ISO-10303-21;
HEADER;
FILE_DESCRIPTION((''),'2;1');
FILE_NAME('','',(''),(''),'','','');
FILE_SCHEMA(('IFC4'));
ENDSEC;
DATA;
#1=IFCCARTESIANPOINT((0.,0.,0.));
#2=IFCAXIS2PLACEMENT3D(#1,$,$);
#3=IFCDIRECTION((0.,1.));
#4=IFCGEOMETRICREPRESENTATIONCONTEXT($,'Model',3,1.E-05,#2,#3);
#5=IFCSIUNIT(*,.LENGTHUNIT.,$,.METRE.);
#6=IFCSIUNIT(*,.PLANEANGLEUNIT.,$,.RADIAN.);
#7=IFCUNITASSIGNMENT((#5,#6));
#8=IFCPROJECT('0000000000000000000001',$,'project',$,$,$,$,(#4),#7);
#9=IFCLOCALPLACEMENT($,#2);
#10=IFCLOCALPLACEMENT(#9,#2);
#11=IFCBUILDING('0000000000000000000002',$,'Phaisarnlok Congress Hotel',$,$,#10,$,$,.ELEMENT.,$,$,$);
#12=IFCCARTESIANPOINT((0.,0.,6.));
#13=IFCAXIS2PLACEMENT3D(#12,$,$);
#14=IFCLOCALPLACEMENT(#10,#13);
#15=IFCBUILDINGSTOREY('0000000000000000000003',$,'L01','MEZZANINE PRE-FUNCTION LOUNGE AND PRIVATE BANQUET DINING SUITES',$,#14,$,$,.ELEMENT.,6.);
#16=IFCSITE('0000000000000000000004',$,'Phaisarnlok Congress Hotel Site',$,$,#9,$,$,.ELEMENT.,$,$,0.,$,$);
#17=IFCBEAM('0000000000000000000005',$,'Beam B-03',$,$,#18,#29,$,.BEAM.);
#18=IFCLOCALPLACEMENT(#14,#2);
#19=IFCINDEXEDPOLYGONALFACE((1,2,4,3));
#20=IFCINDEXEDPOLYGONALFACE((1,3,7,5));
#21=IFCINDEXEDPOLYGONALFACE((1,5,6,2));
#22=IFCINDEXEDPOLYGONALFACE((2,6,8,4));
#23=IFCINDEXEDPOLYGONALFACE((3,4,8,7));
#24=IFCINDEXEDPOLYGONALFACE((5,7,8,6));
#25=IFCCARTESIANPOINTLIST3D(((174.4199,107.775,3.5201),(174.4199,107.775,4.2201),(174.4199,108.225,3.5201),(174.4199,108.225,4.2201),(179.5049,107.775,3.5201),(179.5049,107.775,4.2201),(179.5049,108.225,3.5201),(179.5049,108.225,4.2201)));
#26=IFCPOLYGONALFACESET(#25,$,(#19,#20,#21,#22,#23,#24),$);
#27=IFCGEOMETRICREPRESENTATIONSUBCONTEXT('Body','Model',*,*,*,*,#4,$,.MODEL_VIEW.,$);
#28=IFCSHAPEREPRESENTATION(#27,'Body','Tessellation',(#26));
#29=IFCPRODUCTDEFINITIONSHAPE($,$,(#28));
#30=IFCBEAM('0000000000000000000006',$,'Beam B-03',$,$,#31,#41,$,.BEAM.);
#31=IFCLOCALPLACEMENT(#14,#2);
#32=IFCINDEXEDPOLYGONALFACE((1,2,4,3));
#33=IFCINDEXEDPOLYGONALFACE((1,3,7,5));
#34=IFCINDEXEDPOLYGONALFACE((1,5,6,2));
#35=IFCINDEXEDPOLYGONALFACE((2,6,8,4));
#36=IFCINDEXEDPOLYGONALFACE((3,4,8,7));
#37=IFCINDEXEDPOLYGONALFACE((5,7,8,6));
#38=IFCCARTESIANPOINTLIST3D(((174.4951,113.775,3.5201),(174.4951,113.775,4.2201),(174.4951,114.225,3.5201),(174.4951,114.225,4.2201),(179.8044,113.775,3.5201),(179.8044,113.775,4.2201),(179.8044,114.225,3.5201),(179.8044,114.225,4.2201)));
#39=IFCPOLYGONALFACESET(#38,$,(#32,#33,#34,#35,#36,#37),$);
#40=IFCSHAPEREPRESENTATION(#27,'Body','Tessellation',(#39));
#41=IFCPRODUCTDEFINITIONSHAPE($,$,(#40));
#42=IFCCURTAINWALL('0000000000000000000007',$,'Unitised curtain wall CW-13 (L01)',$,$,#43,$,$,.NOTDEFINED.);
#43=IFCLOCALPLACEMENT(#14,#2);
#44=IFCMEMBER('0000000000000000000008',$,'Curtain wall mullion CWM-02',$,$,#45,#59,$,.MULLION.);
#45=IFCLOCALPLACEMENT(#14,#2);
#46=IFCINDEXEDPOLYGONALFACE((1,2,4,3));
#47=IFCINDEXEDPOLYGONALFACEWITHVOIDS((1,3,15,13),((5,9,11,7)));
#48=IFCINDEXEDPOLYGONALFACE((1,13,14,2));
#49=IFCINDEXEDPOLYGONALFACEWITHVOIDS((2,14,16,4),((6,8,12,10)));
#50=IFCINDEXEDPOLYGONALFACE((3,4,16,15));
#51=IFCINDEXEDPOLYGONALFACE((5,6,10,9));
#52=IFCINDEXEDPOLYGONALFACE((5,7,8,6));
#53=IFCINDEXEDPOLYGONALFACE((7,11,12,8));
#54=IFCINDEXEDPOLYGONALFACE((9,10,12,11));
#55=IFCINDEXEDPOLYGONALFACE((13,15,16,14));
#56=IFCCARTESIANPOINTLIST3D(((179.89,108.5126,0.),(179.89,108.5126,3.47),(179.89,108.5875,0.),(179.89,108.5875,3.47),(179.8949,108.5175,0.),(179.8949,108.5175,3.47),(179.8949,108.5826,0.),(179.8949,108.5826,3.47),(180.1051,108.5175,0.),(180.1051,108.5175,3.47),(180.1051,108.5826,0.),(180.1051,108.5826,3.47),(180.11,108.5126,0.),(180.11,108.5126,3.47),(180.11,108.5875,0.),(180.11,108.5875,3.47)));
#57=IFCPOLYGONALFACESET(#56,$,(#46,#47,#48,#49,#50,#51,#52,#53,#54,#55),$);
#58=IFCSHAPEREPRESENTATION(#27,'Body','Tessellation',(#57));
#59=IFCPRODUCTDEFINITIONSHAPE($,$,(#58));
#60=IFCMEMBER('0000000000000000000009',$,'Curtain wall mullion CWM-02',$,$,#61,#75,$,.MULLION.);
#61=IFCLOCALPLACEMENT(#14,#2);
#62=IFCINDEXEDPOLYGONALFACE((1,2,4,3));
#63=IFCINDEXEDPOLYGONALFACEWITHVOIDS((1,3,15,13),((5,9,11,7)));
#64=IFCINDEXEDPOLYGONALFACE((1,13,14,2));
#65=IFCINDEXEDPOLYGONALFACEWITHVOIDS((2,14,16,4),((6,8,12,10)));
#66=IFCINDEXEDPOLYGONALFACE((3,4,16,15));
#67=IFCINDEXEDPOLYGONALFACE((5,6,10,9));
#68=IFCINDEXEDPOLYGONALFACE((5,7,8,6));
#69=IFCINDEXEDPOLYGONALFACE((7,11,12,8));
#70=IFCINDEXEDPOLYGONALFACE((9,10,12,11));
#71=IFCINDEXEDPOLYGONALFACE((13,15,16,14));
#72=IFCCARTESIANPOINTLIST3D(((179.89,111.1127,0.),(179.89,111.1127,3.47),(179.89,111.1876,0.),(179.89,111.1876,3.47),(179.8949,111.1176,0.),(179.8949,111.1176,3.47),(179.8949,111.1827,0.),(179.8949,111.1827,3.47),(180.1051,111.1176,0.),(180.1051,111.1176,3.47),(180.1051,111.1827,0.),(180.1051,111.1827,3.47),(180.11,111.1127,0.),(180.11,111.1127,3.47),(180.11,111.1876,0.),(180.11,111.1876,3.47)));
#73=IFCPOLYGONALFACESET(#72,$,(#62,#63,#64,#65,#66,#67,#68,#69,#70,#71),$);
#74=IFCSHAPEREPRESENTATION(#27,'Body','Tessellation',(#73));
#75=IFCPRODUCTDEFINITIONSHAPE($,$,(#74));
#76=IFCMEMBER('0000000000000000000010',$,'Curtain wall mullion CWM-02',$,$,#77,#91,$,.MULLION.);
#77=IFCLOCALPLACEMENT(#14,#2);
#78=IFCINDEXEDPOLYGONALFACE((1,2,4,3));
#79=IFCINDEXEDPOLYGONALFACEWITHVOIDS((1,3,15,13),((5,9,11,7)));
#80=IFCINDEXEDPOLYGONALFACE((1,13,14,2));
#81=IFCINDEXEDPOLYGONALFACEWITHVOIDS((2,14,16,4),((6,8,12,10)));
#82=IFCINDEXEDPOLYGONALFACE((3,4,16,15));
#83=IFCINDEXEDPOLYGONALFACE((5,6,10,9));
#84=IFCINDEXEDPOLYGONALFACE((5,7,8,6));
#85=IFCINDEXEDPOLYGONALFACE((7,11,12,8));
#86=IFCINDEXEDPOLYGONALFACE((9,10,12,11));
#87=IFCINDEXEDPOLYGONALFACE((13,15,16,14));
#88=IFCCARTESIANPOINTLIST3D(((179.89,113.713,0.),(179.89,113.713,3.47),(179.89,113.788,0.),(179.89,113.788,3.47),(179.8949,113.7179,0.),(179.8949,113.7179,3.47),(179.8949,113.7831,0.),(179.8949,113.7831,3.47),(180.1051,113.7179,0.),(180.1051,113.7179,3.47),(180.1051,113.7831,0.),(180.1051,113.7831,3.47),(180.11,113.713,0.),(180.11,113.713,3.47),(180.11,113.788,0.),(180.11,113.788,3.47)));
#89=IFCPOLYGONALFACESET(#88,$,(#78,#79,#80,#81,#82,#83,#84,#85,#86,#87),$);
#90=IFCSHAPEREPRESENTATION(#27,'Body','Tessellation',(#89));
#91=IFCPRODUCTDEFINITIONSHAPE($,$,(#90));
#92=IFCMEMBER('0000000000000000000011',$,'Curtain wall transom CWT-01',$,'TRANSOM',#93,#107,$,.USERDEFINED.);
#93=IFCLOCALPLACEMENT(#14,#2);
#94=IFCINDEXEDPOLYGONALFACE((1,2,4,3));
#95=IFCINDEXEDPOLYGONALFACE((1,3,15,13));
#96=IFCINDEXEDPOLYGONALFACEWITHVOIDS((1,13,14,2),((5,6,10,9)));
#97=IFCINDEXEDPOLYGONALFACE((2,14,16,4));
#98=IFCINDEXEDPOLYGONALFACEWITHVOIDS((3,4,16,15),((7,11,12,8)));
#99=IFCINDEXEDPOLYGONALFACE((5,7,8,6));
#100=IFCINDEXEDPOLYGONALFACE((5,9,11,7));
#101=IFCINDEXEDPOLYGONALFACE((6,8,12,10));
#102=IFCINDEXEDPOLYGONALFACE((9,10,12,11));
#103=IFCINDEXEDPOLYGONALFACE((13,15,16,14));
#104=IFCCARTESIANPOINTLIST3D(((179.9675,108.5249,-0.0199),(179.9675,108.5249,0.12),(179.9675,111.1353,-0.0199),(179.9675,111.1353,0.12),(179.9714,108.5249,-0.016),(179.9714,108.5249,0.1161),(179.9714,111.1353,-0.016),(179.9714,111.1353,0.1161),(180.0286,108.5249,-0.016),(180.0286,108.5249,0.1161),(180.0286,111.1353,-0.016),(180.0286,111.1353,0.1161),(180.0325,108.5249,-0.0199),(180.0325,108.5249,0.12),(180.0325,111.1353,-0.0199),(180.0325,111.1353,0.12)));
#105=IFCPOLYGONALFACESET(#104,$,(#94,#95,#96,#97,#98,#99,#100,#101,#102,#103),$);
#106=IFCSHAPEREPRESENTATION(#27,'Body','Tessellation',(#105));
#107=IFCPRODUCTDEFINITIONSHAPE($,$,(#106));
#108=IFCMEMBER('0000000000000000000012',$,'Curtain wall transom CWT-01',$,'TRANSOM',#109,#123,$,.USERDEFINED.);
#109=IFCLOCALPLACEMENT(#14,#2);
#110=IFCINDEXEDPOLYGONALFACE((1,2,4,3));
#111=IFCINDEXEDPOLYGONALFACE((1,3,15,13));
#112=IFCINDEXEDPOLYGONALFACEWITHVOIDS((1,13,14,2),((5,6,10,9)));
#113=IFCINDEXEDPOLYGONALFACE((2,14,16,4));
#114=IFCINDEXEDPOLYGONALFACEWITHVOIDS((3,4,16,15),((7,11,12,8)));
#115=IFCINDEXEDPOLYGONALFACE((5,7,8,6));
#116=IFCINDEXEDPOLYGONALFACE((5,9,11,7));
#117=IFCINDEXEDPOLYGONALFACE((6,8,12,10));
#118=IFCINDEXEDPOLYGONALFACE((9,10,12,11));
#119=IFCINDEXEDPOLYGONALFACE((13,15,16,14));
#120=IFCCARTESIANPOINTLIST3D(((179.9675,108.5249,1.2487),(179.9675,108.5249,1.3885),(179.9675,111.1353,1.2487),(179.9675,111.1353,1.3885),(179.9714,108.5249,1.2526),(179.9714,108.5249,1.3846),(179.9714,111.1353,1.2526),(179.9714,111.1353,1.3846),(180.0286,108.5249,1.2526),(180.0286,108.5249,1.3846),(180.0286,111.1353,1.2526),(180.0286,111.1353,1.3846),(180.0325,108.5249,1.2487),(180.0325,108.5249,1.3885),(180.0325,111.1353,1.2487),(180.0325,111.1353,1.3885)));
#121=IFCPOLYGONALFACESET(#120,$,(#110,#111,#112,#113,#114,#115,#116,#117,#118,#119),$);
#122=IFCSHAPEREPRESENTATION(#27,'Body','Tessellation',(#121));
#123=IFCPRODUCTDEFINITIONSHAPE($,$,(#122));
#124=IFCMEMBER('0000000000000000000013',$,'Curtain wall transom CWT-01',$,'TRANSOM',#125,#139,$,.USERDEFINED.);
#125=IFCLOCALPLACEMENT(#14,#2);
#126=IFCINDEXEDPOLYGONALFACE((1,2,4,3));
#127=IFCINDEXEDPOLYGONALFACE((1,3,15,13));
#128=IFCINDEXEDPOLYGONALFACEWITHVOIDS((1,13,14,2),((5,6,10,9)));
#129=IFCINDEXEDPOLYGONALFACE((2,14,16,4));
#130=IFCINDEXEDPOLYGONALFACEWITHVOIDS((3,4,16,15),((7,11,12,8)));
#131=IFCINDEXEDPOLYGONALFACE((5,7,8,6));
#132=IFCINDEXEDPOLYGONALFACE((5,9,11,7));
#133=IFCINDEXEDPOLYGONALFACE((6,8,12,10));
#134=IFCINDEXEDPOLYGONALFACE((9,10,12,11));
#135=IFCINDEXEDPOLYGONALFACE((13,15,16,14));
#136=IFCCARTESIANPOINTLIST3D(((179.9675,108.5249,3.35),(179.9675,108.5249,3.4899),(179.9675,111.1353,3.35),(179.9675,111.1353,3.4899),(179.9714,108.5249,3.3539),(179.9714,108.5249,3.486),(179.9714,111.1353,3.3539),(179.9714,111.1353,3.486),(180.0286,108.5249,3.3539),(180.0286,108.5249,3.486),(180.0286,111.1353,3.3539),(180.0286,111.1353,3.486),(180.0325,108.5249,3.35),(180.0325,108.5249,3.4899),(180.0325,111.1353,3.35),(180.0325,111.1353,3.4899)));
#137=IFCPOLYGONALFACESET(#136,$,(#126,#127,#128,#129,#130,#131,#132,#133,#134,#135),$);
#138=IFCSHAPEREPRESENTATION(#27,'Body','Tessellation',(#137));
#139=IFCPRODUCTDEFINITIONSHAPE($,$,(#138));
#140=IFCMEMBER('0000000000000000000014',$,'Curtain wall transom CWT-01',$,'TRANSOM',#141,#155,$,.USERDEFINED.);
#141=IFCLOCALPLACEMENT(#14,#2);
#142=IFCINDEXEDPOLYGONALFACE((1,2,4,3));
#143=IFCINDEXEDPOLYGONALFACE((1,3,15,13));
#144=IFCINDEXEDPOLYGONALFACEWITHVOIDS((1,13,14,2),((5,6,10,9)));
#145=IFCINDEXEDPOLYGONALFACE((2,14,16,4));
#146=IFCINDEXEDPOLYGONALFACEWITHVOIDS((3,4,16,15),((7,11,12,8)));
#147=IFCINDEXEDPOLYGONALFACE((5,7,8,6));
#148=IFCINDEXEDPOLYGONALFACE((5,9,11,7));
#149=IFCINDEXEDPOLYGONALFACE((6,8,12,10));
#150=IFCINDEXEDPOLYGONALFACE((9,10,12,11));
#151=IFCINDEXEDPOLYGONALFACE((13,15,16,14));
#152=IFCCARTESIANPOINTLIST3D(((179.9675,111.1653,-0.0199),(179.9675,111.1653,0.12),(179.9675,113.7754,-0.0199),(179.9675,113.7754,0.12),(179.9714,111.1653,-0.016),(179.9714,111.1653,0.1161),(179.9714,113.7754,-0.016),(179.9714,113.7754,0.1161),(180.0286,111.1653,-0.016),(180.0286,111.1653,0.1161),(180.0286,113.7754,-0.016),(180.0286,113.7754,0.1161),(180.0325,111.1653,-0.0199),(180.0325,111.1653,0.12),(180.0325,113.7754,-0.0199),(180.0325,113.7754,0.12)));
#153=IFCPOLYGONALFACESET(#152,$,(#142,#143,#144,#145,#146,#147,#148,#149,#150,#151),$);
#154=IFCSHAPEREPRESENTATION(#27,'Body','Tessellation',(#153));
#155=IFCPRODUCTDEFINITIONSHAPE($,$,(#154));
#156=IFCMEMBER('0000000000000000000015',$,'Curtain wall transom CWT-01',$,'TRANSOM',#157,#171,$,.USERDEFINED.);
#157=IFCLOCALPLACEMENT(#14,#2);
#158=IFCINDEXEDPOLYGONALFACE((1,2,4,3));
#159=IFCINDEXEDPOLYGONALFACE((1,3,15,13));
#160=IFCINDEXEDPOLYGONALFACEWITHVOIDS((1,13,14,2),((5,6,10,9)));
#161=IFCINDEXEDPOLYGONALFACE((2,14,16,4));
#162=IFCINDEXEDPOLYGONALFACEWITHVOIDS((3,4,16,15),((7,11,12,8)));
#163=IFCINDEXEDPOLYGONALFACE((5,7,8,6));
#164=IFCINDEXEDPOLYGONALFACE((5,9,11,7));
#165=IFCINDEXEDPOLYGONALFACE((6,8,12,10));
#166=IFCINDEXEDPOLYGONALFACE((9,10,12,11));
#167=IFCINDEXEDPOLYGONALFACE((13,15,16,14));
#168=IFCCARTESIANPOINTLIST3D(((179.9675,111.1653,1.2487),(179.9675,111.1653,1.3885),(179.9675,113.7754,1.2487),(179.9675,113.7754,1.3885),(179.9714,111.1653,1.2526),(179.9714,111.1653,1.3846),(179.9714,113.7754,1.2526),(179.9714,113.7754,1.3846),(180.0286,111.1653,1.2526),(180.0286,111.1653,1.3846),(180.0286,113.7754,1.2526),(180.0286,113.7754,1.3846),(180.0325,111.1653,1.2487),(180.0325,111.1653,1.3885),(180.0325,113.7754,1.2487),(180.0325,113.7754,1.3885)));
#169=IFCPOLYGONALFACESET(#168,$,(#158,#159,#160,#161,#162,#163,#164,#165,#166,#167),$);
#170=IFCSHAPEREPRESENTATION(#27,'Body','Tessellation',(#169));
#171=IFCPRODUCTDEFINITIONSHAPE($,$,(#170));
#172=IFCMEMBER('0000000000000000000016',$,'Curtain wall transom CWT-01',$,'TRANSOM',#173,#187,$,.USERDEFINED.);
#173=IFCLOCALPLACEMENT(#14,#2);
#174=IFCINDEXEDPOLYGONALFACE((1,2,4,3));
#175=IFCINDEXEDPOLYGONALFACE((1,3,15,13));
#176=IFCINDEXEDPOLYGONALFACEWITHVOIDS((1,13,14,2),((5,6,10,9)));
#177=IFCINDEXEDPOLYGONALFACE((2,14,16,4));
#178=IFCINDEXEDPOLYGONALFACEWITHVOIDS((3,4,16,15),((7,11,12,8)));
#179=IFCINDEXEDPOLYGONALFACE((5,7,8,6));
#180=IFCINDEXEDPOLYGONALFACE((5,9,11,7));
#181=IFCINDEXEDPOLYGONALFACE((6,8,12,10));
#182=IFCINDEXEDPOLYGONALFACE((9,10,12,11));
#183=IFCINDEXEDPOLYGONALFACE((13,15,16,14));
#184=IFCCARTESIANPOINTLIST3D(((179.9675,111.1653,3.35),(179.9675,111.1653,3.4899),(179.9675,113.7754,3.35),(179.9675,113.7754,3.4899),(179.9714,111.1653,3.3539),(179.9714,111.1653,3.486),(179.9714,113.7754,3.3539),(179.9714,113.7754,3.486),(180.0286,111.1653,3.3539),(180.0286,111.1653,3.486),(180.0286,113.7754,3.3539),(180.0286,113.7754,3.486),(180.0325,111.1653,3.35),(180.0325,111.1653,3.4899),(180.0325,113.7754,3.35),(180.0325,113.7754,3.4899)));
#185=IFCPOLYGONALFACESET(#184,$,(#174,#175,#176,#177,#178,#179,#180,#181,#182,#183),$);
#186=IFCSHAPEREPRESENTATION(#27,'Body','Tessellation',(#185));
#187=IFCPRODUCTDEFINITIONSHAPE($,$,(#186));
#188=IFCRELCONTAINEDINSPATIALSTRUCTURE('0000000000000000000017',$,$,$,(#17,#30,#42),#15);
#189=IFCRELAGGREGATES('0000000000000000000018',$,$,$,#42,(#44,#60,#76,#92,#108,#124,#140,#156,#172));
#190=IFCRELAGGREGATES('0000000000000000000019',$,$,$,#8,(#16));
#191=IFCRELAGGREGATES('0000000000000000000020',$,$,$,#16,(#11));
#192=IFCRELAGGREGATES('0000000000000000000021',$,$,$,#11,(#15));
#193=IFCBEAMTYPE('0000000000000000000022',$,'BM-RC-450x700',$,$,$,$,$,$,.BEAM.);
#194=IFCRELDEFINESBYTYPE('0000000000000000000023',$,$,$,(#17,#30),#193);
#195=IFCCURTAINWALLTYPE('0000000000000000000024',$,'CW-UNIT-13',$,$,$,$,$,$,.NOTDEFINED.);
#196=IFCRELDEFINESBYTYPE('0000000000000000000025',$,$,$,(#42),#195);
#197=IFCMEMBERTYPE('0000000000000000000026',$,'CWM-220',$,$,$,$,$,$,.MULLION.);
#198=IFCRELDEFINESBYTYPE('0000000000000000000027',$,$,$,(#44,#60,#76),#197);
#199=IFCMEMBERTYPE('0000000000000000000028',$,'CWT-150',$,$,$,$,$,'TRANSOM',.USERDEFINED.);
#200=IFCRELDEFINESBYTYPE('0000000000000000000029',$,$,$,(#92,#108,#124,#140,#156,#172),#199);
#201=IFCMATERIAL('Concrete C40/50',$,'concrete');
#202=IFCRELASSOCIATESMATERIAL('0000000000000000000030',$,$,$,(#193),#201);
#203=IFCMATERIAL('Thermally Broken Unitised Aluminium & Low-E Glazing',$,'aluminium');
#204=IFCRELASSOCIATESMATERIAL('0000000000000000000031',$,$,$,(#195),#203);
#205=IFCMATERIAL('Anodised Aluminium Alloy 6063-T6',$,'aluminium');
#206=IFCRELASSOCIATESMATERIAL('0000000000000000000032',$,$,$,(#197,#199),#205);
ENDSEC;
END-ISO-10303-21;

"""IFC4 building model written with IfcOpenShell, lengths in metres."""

from ifc_helpers import new_model, si_unit, direction, frame, origin, origin_2d, place, context, subcontext, project, spatial, rectangle, hollow_rectangle, extrude, material, material_profile, profile_set, type_object, element, aggregate, save


model = new_model("IFC4")

# Units and contexts
model_context = context("Model", 3, precision=1e-05, world=origin(), true_north=direction((0.0, 1.0)))
body_context = subcontext(model_context, "Body", "Model", "MODEL_VIEW")
ifc_project = project(units=[si_unit("LENGTHUNIT", "METRE"), si_unit("PLANEANGLEUNIT", "RADIAN")], contexts=[model_context])

# Site, building, storey
site_placement = place(None, origin())
site = spatial("IfcSite", under=ifc_project, at=site_placement, Name="Phaisarnlok Congress Hotel Site", CompositionType="ELEMENT", RefElevation=0.0)
building_placement = place(site_placement, origin())
building = spatial("IfcBuilding", under=site, at=building_placement, Name="Phaisarnlok Congress Hotel", CompositionType="ELEMENT")
storey_placement = place(building_placement, frame((0.0, 0.0, 6.0)))
storey = spatial("IfcBuildingStorey", under=building, at=storey_placement, Name="L01", Description="MEZZANINE PRE-FUNCTION LOUNGE AND PRIVATE BANQUET DINING SUITES", CompositionType="ELEMENT", Elevation=6.0)

# Beams
ifc_material_1 = material(Name="Concrete C40/50", Category="concrete")
ifc_material_profile_1 = material_profile(ifc_material_1, rectangle(XDim=0.45, YDim=0.7, at=origin_2d()), Name="RC 450x700")
ifc_profile_set_1 = profile_set([ifc_material_profile_1], Name="Concrete C40/50")
beam_type_1 = type_object("IfcBeamType", Name="BM-RC-450x700", PredefinedType="BEAM", material=ifc_profile_set_1)
beam_1_placement = place(storey_placement, frame((174.4199, 108.0, 3.8701), z_axis=(1.0, 0.0, 0.0), x_axis=(0.0, 1.0, 0.0)))
element("IfcBeam", 1, at=beam_1_placement, inside=storey, type_object=beam_type_1, Name="Beam B-03", PredefinedType="BEAM", context=body_context, shape_type="SweptSolid", body=[
    extrude(rectangle(XDim=0.45, YDim=0.7, at=origin_2d()), origin(), (0.0, 0.0, 1.0), 5.085),
])
beam_2_placement = place(storey_placement, frame((174.4951, 114.0, 3.8701), z_axis=(1.0, 0.0, 0.0), x_axis=(0.0, 1.0, 0.0)))
element("IfcBeam", 2, at=beam_2_placement, inside=storey, type_object=beam_type_1, Name="Beam B-03", PredefinedType="BEAM", context=body_context, shape_type="SweptSolid", body=[
    extrude(rectangle(XDim=0.45, YDim=0.7, at=origin_2d()), origin(), (0.0, 0.0, 1.0), 5.3093),
])

# Curtain wall, members
ifc_material_2 = material(Name="Thermally Broken Unitised Aluminium & Low-E Glazing", Category="aluminium")
curtain_wall_type = type_object("IfcCurtainWallType", Name="CW-UNIT-13", PredefinedType="NOTDEFINED", material=ifc_material_2)
curtain_wall_placement = place(storey_placement, origin())
curtain_wall = element("IfcCurtainWall", 3, at=curtain_wall_placement, inside=storey, type_object=curtain_wall_type, Name="Unitised curtain wall CW-13 (L01)", PredefinedType="NOTDEFINED")
ifc_material_3 = material(Name="Anodised Aluminium Alloy 6063-T6", Category="aluminium")
ifc_material_profile_2 = material_profile(ifc_material_3, hollow_rectangle(XDim=0.075, YDim=0.22, WallThickness=0.0049, at=origin_2d()), Name="ALU-M 75x220x5")
ifc_profile_set_2 = profile_set([ifc_material_profile_2], Name="Anodised Aluminium Alloy 6063-T6")
member_type_1 = type_object("IfcMemberType", Name="CWM-220", PredefinedType="MULLION", material=ifc_profile_set_2)
member_1_placement = place(storey_placement, frame((180.0, 108.55, 0.0), z_axis=(0.0, 0.0, 1.0), x_axis=(0.0, 1.0, 0.0)))
member_1 = element("IfcMember", 4, at=member_1_placement, type_object=member_type_1, Name="Curtain wall mullion CWM-02", PredefinedType="MULLION", context=body_context, shape_type="SweptSolid", body=[
    extrude(hollow_rectangle(XDim=0.075, YDim=0.22, WallThickness=0.0049, at=origin_2d()), origin(), (0.0, 0.0, 1.0), 3.47),
])
member_2_placement = place(storey_placement, frame((180.0, 111.1501, 0.0), z_axis=(0.0, 0.0, 1.0), x_axis=(0.0, 1.0, 0.0)))
member_2 = element("IfcMember", 5, at=member_2_placement, type_object=member_type_1, Name="Curtain wall mullion CWM-02", PredefinedType="MULLION", context=body_context, shape_type="SweptSolid", body=[
    extrude(hollow_rectangle(XDim=0.075, YDim=0.22, WallThickness=0.0049, at=origin_2d()), origin(), (0.0, 0.0, 1.0), 3.47),
])
member_3_placement = place(storey_placement, frame((180.0, 113.7505, 0.0), z_axis=(0.0, 0.0, 1.0), x_axis=(0.0, 1.0, 0.0)))
member_3 = element("IfcMember", 6, at=member_3_placement, type_object=member_type_1, Name="Curtain wall mullion CWM-02", PredefinedType="MULLION", context=body_context, shape_type="SweptSolid", body=[
    extrude(hollow_rectangle(XDim=0.075, YDim=0.22, WallThickness=0.0049, at=origin_2d()), origin(), (0.0, 0.0, 1.0), 3.47),
])
ifc_material_profile_3 = material_profile(ifc_material_3, hollow_rectangle(XDim=0.0649, YDim=0.1399, WallThickness=0.0039, at=origin_2d()), Name="ALU-T 65x140x4")
ifc_profile_set_3 = profile_set([ifc_material_profile_3], Name="Anodised Aluminium Alloy 6063-T6")
member_type_2 = type_object("IfcMemberType", Name="CWT-150", ElementType="TRANSOM", PredefinedType="USERDEFINED", material=ifc_profile_set_3)
member_4_placement = place(storey_placement, frame((180.0, 108.5249, 0.05), z_axis=(0.0, 1.0, 0.0), x_axis=(-1.0, 0.0, 0.0)))
member_4 = element("IfcMember", 7, at=member_4_placement, type_object=member_type_2, Name="Curtain wall transom CWT-01", ObjectType="TRANSOM", PredefinedType="USERDEFINED", context=body_context, shape_type="SweptSolid", body=[
    extrude(hollow_rectangle(XDim=0.0649, YDim=0.1399, WallThickness=0.0039, at=origin_2d()), origin(), (0.0, 0.0, 1.0), 2.6104),
])
member_5_placement = place(storey_placement, frame((180.0, 108.5249, 1.3186), z_axis=(0.0, 1.0, 0.0), x_axis=(-1.0, 0.0, 0.0)))
member_5 = element("IfcMember", 8, at=member_5_placement, type_object=member_type_2, Name="Curtain wall transom CWT-01", ObjectType="TRANSOM", PredefinedType="USERDEFINED", context=body_context, shape_type="SweptSolid", body=[
    extrude(hollow_rectangle(XDim=0.0649, YDim=0.1399, WallThickness=0.0039, at=origin_2d()), origin(), (0.0, 0.0, 1.0), 2.6104),
])
member_6_placement = place(storey_placement, frame((180.0, 108.5249, 3.4199), z_axis=(0.0, 1.0, 0.0), x_axis=(-1.0, 0.0, 0.0)))
member_6 = element("IfcMember", 9, at=member_6_placement, type_object=member_type_2, Name="Curtain wall transom CWT-01", ObjectType="TRANSOM", PredefinedType="USERDEFINED", context=body_context, shape_type="SweptSolid", body=[
    extrude(hollow_rectangle(XDim=0.0649, YDim=0.1399, WallThickness=0.0039, at=origin_2d()), origin(), (0.0, 0.0, 1.0), 2.6104),
])
member_7_placement = place(storey_placement, frame((180.0, 111.1653, 0.05), z_axis=(0.0, 1.0, 0.0), x_axis=(-1.0, 0.0, 0.0)))
member_7 = element("IfcMember", 10, at=member_7_placement, type_object=member_type_2, Name="Curtain wall transom CWT-01", ObjectType="TRANSOM", PredefinedType="USERDEFINED", context=body_context, shape_type="SweptSolid", body=[
    extrude(hollow_rectangle(XDim=0.0649, YDim=0.1399, WallThickness=0.0039, at=origin_2d()), origin(), (0.0, 0.0, 1.0), 2.6101),
])
member_8_placement = place(storey_placement, frame((180.0, 111.1653, 1.3186), z_axis=(0.0, 1.0, 0.0), x_axis=(-1.0, 0.0, 0.0)))
member_8 = element("IfcMember", 11, at=member_8_placement, type_object=member_type_2, Name="Curtain wall transom CWT-01", ObjectType="TRANSOM", PredefinedType="USERDEFINED", context=body_context, shape_type="SweptSolid", body=[
    extrude(hollow_rectangle(XDim=0.0649, YDim=0.1399, WallThickness=0.0039, at=origin_2d()), origin(), (0.0, 0.0, 1.0), 2.6101),
])
member_9_placement = place(storey_placement, frame((180.0, 111.1653, 3.4199), z_axis=(0.0, 1.0, 0.0), x_axis=(-1.0, 0.0, 0.0)))
member_9 = element("IfcMember", 12, at=member_9_placement, type_object=member_type_2, Name="Curtain wall transom CWT-01", ObjectType="TRANSOM", PredefinedType="USERDEFINED", context=body_context, shape_type="SweptSolid", body=[
    extrude(hollow_rectangle(XDim=0.0649, YDim=0.1399, WallThickness=0.0039, at=origin_2d()), origin(), (0.0, 0.0, 1.0), 2.6101),
])

aggregate(curtain_wall, [member_1, member_2, member_3, member_4, member_5, member_6, member_7, member_8, member_9])

save(model, "model.ifc")
